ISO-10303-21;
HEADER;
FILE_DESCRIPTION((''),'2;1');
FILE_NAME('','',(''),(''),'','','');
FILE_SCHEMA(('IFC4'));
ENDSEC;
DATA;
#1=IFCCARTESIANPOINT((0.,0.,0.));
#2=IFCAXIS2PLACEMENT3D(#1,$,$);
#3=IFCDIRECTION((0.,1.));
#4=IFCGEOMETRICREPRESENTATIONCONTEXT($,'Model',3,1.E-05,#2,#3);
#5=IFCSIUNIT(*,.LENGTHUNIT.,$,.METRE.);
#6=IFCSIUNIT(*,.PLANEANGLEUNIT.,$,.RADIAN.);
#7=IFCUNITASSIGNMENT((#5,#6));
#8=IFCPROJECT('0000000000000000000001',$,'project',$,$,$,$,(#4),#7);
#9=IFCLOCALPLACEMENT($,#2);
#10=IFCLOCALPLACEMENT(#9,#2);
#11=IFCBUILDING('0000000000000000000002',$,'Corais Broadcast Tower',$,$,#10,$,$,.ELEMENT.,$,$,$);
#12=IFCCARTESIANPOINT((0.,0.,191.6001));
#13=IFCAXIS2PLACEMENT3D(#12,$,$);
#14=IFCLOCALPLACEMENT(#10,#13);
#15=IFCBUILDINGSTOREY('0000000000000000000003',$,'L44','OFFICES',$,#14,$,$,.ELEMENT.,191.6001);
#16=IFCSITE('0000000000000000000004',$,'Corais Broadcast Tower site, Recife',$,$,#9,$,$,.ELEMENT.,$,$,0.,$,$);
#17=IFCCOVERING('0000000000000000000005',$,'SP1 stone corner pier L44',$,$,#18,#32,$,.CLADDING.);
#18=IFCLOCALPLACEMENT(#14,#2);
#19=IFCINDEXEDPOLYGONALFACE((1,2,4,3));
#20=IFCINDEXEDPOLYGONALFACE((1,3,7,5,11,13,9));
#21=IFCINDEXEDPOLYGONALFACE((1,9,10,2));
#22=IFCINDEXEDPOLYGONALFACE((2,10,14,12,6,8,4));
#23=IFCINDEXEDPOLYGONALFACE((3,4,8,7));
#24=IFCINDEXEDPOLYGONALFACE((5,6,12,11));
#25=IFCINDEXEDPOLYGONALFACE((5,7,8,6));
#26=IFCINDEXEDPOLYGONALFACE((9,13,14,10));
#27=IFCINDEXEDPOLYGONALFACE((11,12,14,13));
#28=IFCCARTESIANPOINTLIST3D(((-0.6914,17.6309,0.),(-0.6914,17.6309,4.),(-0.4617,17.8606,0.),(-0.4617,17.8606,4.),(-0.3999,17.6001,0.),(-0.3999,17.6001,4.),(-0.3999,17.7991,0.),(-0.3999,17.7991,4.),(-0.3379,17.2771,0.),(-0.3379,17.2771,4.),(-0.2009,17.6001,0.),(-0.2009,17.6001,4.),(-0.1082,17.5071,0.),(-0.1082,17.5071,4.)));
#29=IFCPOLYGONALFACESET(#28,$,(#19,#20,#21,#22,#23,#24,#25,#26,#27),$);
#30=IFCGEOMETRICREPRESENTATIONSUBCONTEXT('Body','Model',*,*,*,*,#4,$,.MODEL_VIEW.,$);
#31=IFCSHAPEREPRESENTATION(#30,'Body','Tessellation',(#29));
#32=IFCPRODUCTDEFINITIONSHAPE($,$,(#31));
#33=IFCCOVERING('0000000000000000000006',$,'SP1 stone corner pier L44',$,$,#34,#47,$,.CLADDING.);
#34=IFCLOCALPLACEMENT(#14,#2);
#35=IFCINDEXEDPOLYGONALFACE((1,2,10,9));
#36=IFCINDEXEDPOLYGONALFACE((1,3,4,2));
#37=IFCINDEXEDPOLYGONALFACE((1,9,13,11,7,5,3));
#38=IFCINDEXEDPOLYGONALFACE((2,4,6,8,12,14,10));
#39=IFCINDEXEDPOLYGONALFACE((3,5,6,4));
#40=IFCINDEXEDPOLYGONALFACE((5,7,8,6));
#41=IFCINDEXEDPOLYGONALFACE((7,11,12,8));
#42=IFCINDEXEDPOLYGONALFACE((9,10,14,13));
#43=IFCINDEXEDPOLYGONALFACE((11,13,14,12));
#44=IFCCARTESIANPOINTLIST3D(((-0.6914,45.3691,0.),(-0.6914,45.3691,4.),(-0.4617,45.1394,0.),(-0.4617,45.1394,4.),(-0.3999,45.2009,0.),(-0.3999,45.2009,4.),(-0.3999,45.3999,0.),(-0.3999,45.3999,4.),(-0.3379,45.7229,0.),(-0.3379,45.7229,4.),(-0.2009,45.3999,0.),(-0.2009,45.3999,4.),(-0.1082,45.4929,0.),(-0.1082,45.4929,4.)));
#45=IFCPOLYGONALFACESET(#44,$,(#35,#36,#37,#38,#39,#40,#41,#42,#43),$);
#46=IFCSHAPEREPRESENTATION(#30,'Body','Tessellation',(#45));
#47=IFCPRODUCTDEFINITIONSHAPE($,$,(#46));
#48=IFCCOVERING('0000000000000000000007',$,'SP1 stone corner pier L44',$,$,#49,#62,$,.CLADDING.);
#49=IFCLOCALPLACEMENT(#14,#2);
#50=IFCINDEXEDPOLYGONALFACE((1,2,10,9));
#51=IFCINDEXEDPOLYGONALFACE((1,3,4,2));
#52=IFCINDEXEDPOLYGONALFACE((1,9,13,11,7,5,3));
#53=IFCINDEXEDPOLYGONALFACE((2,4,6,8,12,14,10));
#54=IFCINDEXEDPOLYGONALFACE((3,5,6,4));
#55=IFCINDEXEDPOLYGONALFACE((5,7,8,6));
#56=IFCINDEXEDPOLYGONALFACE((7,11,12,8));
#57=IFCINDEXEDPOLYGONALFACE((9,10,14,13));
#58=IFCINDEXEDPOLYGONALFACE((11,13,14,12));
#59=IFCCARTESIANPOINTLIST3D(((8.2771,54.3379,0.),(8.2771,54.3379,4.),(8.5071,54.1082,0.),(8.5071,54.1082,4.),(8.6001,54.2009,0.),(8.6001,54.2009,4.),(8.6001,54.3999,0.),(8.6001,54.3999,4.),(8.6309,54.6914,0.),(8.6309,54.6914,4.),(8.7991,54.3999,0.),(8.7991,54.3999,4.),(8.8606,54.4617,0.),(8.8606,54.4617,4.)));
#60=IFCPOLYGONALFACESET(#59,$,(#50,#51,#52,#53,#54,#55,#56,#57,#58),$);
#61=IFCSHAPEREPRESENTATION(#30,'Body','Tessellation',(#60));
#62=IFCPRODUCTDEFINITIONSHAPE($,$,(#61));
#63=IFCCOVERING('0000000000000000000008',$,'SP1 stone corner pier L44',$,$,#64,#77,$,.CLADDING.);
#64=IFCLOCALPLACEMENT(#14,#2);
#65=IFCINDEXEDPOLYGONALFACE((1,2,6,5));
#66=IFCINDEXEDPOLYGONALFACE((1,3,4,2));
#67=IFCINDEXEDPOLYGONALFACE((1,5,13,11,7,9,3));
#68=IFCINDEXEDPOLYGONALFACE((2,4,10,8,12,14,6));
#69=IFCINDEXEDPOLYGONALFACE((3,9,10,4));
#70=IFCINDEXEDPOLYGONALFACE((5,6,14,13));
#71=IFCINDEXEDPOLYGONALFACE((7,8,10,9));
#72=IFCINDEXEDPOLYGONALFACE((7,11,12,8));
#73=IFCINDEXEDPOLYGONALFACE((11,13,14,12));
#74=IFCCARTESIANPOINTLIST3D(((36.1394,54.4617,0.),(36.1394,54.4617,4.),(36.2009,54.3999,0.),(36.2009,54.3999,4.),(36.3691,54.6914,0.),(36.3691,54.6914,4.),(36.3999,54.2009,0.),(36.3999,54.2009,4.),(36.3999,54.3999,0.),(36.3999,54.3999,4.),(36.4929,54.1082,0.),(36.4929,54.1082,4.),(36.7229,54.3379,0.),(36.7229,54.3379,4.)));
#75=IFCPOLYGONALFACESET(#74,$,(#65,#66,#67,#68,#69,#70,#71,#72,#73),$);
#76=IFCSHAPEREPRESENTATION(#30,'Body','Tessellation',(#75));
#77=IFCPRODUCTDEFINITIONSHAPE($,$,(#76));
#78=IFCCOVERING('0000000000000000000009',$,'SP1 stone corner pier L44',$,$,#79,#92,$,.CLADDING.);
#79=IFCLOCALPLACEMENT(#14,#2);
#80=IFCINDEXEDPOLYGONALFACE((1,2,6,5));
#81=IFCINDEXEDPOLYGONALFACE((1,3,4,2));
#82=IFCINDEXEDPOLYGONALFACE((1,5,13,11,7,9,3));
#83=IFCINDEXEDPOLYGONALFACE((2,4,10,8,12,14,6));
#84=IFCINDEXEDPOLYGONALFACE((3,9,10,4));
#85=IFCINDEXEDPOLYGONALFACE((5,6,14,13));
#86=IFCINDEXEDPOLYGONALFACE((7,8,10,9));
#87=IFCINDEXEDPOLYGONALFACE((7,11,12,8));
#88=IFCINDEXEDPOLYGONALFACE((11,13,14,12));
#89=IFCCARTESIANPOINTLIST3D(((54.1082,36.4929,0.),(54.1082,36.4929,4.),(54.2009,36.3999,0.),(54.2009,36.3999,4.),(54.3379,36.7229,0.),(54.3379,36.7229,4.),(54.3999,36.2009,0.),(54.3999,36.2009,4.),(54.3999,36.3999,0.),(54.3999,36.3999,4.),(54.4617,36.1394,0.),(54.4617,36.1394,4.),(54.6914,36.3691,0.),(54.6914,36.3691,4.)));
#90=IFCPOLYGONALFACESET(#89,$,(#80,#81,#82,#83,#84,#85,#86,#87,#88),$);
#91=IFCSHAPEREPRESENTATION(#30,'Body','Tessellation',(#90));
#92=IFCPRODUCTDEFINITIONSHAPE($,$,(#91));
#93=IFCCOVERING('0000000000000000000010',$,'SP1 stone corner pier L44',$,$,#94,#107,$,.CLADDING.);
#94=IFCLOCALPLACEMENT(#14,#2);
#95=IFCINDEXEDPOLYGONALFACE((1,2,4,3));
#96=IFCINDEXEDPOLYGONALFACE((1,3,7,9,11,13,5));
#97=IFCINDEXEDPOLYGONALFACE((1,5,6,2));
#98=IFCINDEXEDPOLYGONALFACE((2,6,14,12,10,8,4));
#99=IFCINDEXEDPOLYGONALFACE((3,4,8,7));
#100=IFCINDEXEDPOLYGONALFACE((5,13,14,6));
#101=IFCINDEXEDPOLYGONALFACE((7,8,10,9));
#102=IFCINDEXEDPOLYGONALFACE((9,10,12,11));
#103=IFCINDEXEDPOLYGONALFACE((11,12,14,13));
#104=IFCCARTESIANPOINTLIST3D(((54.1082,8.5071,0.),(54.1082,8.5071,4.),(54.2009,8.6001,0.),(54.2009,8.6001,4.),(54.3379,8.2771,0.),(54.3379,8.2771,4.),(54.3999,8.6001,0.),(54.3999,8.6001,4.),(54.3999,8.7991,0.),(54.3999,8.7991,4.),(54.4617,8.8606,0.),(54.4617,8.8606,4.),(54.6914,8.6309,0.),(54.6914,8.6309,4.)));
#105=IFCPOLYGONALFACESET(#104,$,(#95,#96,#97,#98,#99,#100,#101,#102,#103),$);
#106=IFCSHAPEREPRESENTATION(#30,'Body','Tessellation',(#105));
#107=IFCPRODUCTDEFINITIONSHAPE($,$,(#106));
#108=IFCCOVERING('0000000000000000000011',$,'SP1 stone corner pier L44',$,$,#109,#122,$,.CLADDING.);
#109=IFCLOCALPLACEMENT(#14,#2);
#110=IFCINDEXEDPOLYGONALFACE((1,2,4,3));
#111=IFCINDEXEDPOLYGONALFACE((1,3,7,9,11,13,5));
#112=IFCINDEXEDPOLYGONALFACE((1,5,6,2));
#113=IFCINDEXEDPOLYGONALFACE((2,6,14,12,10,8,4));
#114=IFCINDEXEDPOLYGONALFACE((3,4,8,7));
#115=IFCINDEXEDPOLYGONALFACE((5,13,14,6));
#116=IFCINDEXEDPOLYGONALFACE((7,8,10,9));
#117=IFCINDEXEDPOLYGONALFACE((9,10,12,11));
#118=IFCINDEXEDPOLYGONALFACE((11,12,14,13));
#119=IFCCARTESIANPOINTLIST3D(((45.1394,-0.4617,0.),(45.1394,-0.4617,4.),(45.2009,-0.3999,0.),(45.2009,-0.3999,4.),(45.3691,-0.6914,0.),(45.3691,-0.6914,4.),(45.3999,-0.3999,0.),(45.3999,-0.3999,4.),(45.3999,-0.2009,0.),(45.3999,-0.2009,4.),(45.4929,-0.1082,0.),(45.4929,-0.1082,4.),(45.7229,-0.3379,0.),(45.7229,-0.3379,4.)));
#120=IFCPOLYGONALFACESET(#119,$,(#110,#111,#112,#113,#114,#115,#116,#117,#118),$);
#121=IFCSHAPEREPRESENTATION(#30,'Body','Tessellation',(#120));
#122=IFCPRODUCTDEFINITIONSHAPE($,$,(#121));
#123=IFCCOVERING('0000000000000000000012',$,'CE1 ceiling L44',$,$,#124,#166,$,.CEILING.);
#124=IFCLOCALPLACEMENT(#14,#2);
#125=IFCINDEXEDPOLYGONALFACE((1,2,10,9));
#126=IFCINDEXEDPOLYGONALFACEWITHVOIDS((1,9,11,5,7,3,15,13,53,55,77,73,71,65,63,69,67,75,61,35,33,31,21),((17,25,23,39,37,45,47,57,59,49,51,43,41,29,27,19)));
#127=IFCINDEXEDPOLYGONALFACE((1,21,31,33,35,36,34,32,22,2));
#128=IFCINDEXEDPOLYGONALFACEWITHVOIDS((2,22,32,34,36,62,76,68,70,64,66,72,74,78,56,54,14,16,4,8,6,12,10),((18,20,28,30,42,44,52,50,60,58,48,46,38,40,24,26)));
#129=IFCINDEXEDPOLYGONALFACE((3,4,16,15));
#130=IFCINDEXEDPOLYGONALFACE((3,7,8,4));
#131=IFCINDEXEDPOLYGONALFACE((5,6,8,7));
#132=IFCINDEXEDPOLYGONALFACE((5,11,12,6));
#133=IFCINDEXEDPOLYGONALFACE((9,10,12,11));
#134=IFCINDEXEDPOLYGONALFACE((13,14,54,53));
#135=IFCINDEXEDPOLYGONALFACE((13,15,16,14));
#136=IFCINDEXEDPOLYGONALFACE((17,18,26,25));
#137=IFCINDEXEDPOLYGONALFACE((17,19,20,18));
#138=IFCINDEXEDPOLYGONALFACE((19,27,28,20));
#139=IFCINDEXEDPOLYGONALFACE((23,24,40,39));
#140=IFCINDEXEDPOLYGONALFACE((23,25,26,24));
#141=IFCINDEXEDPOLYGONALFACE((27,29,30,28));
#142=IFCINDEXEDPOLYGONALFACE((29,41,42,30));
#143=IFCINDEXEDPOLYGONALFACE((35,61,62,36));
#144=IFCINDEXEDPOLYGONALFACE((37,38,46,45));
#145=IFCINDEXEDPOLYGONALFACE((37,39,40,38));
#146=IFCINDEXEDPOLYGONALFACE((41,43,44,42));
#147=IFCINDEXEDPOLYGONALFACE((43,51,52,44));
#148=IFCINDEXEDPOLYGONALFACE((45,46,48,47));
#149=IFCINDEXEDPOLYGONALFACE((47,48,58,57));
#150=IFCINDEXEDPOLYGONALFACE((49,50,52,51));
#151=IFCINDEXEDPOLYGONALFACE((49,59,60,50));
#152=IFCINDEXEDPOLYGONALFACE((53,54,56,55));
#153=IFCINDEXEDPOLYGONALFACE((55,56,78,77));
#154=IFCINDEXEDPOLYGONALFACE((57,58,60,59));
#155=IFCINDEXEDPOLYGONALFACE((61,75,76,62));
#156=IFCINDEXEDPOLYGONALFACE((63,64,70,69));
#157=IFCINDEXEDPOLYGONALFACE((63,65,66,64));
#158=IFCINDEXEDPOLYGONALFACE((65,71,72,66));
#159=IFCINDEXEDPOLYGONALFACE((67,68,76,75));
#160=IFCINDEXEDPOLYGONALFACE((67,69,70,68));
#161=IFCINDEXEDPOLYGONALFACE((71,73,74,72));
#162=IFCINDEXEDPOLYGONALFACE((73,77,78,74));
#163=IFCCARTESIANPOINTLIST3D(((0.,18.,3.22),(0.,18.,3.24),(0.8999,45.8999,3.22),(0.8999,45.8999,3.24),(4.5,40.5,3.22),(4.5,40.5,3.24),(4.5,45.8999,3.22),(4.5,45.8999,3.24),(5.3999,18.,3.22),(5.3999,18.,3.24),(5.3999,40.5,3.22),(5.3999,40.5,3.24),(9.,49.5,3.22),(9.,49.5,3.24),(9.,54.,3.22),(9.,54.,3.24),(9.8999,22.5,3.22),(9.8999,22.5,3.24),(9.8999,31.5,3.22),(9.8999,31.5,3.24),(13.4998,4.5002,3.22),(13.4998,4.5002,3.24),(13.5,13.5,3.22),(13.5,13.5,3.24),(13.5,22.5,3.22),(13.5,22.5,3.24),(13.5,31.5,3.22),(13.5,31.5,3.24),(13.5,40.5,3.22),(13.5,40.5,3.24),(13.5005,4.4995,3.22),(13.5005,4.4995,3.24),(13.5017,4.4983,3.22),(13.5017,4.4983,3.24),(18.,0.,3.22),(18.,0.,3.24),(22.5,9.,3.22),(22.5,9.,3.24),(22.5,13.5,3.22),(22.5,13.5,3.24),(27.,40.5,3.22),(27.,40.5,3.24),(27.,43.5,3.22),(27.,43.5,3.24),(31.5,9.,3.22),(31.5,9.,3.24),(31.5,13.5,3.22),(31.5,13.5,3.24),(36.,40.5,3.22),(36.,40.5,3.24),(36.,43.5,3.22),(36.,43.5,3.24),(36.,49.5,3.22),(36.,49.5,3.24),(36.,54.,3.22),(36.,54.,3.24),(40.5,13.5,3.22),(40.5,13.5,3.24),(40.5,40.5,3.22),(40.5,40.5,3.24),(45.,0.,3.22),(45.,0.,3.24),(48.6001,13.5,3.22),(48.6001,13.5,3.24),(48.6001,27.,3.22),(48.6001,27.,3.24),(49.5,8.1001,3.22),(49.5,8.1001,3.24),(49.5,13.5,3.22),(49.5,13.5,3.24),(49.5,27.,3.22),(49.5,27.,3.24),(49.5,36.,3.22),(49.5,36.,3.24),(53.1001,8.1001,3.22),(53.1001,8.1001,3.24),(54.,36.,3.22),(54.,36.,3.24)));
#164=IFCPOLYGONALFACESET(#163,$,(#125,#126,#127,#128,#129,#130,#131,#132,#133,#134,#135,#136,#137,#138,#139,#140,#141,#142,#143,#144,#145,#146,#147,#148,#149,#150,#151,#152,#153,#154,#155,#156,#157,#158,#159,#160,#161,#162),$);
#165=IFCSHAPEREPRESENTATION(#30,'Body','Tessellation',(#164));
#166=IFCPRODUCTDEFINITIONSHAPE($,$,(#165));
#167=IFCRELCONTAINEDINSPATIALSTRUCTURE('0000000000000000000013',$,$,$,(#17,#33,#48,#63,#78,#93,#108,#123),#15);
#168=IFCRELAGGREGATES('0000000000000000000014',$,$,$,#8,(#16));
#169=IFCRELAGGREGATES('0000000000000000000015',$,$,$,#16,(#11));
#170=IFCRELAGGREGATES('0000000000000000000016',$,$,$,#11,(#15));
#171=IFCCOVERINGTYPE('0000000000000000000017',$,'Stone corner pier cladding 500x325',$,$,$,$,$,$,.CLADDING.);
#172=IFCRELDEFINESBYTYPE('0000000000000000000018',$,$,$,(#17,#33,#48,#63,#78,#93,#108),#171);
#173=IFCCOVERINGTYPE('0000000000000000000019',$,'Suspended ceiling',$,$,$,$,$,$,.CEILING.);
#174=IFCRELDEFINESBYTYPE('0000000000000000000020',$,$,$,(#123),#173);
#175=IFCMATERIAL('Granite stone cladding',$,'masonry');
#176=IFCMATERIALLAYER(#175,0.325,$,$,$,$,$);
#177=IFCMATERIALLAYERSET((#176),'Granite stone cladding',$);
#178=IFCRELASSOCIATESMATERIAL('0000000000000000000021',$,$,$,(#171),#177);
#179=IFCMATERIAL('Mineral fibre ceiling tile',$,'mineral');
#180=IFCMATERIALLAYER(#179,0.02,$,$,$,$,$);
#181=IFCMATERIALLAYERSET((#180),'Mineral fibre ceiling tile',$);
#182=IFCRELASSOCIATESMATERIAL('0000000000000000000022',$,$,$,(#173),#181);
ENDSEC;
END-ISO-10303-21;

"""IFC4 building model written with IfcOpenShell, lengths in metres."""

from ifc_helpers import new_model, si_unit, direction, frame, origin, place, context, subcontext, project, spatial, polyline, outline, extrude, material, layer, layer_set, type_object, element, save


model = new_model("IFC4")

# Units and contexts
model_context = context("Model", 3, precision=1e-05, world=origin(), true_north=direction((0.0, 1.0)))
body_context = subcontext(model_context, "Body", "Model", "MODEL_VIEW")
ifc_project = project(units=[si_unit("LENGTHUNIT", "METRE"), si_unit("PLANEANGLEUNIT", "RADIAN")], contexts=[model_context])

# Site, building, storey
site_placement = place(None, origin())
site = spatial("IfcSite", under=ifc_project, at=site_placement, Name="Corais Broadcast Tower site, Recife", CompositionType="ELEMENT", RefElevation=0.0)
building_placement = place(site_placement, origin())
building = spatial("IfcBuilding", under=site, at=building_placement, Name="Corais Broadcast Tower", CompositionType="ELEMENT")
storey_placement = place(building_placement, frame((0.0, 0.0, 191.6001)))
storey = spatial("IfcBuildingStorey", under=building, at=storey_placement, Name="L44", Description="OFFICES", CompositionType="ELEMENT", Elevation=191.6001)

# Coverings
ifc_material_1 = material(Name="Granite stone cladding", Category="masonry")
ifc_layer_1 = layer(ifc_material_1, 0.325)
ifc_layer_set_1 = layer_set([ifc_layer_1], Name="Granite stone cladding")
covering_type_1 = type_object("IfcCoveringType", Name="Stone corner pier cladding 500x325", PredefinedType="CLADDING", material=ifc_layer_set_1)
covering_1_placement = place(storey_placement, origin())
element("IfcCovering", 1, at=covering_1_placement, inside=storey, type_object=covering_type_1, Name="SP1 stone corner pier L44", PredefinedType="CLADDING", context=body_context, shape_type="SweptSolid", body=[
    extrude(outline(polyline([(-0.3999, 17.7991), (-0.4617, 17.8606), (-0.6914, 17.6309), (-0.3379, 17.2771), (-0.1082, 17.5071), (-0.2009, 17.6001), (-0.3999, 17.6001), (-0.3999, 17.7991)])), origin(), (0.0, 0.0, 1.0), 4.0),
])
covering_2_placement = place(storey_placement, origin())
element("IfcCovering", 2, at=covering_2_placement, inside=storey, type_object=covering_type_1, Name="SP1 stone corner pier L44", PredefinedType="CLADDING", context=body_context, shape_type="SweptSolid", body=[
    extrude(outline(polyline([(-0.4617, 45.1394), (-0.3999, 45.2009), (-0.3999, 45.3999), (-0.2009, 45.3999), (-0.1082, 45.4929), (-0.3379, 45.7229), (-0.6914, 45.3691), (-0.4617, 45.1394)])), origin(), (0.0, 0.0, 1.0), 4.0),
])
covering_3_placement = place(storey_placement, origin())
element("IfcCovering", 3, at=covering_3_placement, inside=storey, type_object=covering_type_1, Name="SP1 stone corner pier L44", PredefinedType="CLADDING", context=body_context, shape_type="SweptSolid", body=[
    extrude(outline(polyline([(8.7991, 54.3999), (8.8606, 54.4617), (8.6309, 54.6914), (8.2771, 54.3379), (8.5071, 54.1082), (8.6001, 54.2009), (8.6001, 54.3999), (8.7991, 54.3999)])), origin(), (0.0, 0.0, 1.0), 4.0),
])
covering_4_placement = place(storey_placement, origin())
element("IfcCovering", 4, at=covering_4_placement, inside=storey, type_object=covering_type_1, Name="SP1 stone corner pier L44", PredefinedType="CLADDING", context=body_context, shape_type="SweptSolid", body=[
    extrude(outline(polyline([(36.1394, 54.4617), (36.2009, 54.3999), (36.3999, 54.3999), (36.3999, 54.2009), (36.4929, 54.1082), (36.7229, 54.3379), (36.3691, 54.6914), (36.1394, 54.4617)])), origin(), (0.0, 0.0, 1.0), 4.0),
])
covering_5_placement = place(storey_placement, origin())
element("IfcCovering", 5, at=covering_5_placement, inside=storey, type_object=covering_type_1, Name="SP1 stone corner pier L44", PredefinedType="CLADDING", context=body_context, shape_type="SweptSolid", body=[
    extrude(outline(polyline([(54.3999, 36.2009), (54.4617, 36.1394), (54.6914, 36.3691), (54.3379, 36.7229), (54.1082, 36.4929), (54.2009, 36.3999), (54.3999, 36.3999), (54.3999, 36.2009)])), origin(), (0.0, 0.0, 1.0), 4.0),
])
covering_6_placement = place(storey_placement, origin())
element("IfcCovering", 6, at=covering_6_placement, inside=storey, type_object=covering_type_1, Name="SP1 stone corner pier L44", PredefinedType="CLADDING", context=body_context, shape_type="SweptSolid", body=[
    extrude(outline(polyline([(54.4617, 8.8606), (54.3999, 8.7991), (54.3999, 8.6001), (54.2009, 8.6001), (54.1082, 8.5071), (54.3379, 8.2771), (54.6914, 8.6309), (54.4617, 8.8606)])), origin(), (0.0, 0.0, 1.0), 4.0),
])
covering_7_placement = place(storey_placement, origin())
element("IfcCovering", 7, at=covering_7_placement, inside=storey, type_object=covering_type_1, Name="SP1 stone corner pier L44", PredefinedType="CLADDING", context=body_context, shape_type="SweptSolid", body=[
    extrude(outline(polyline([(45.2009, -0.3999), (45.1394, -0.4617), (45.3691, -0.6914), (45.7229, -0.3379), (45.4929, -0.1082), (45.3999, -0.2009), (45.3999, -0.3999), (45.2009, -0.3999)])), origin(), (0.0, 0.0, 1.0), 4.0),
])
ifc_material_2 = material(Name="Mineral fibre ceiling tile", Category="mineral")
ifc_layer_2 = layer(ifc_material_2, 0.02)
ifc_layer_set_2 = layer_set([ifc_layer_2], Name="Mineral fibre ceiling tile")
covering_type_2 = type_object("IfcCoveringType", Name="Suspended ceiling", PredefinedType="CEILING", material=ifc_layer_set_2)
covering_8_placement = place(storey_placement, frame((0.0, 0.0, 3.22)))
element("IfcCovering", 8, at=covering_8_placement, inside=storey, type_object=covering_type_2, Name="CE1 ceiling L44", PredefinedType="CEILING", context=body_context, shape_type="SweptSolid", body=[
    extrude(outline(polyline([(49.5, 27.0), (48.6001, 27.0), (48.6001, 13.5), (49.5, 13.5), (49.5, 8.1001), (53.1001, 8.1001), (45.0, 0.0), (18.0, 0.0), (13.5017, 4.4983), (13.5005, 4.4995), (13.4998, 4.5002), (0.0, 18.0), (5.3999, 18.0), (5.3999, 40.5), (4.5, 40.5), (4.5, 45.8999), (0.8999, 45.8999), (9.0, 54.0), (9.0, 49.5), (36.0, 49.5), (36.0, 54.0), (54.0, 36.0), (49.5, 36.0), (49.5, 27.0)]), holes=[polyline([(13.5, 31.5), (9.8999, 31.5), (9.8999, 22.5), (13.5, 22.5), (13.5, 13.5), (22.5, 13.5), (22.5, 9.0), (31.5, 9.0), (31.5, 13.5), (40.5, 13.5), (40.5, 40.5), (36.0, 40.5), (36.0, 43.5), (27.0, 43.5), (27.0, 40.5), (13.5, 40.5), (13.5, 31.5)])]), origin(), (0.0, 0.0, 1.0), 0.02),
])

save(model, "model.ifc")
